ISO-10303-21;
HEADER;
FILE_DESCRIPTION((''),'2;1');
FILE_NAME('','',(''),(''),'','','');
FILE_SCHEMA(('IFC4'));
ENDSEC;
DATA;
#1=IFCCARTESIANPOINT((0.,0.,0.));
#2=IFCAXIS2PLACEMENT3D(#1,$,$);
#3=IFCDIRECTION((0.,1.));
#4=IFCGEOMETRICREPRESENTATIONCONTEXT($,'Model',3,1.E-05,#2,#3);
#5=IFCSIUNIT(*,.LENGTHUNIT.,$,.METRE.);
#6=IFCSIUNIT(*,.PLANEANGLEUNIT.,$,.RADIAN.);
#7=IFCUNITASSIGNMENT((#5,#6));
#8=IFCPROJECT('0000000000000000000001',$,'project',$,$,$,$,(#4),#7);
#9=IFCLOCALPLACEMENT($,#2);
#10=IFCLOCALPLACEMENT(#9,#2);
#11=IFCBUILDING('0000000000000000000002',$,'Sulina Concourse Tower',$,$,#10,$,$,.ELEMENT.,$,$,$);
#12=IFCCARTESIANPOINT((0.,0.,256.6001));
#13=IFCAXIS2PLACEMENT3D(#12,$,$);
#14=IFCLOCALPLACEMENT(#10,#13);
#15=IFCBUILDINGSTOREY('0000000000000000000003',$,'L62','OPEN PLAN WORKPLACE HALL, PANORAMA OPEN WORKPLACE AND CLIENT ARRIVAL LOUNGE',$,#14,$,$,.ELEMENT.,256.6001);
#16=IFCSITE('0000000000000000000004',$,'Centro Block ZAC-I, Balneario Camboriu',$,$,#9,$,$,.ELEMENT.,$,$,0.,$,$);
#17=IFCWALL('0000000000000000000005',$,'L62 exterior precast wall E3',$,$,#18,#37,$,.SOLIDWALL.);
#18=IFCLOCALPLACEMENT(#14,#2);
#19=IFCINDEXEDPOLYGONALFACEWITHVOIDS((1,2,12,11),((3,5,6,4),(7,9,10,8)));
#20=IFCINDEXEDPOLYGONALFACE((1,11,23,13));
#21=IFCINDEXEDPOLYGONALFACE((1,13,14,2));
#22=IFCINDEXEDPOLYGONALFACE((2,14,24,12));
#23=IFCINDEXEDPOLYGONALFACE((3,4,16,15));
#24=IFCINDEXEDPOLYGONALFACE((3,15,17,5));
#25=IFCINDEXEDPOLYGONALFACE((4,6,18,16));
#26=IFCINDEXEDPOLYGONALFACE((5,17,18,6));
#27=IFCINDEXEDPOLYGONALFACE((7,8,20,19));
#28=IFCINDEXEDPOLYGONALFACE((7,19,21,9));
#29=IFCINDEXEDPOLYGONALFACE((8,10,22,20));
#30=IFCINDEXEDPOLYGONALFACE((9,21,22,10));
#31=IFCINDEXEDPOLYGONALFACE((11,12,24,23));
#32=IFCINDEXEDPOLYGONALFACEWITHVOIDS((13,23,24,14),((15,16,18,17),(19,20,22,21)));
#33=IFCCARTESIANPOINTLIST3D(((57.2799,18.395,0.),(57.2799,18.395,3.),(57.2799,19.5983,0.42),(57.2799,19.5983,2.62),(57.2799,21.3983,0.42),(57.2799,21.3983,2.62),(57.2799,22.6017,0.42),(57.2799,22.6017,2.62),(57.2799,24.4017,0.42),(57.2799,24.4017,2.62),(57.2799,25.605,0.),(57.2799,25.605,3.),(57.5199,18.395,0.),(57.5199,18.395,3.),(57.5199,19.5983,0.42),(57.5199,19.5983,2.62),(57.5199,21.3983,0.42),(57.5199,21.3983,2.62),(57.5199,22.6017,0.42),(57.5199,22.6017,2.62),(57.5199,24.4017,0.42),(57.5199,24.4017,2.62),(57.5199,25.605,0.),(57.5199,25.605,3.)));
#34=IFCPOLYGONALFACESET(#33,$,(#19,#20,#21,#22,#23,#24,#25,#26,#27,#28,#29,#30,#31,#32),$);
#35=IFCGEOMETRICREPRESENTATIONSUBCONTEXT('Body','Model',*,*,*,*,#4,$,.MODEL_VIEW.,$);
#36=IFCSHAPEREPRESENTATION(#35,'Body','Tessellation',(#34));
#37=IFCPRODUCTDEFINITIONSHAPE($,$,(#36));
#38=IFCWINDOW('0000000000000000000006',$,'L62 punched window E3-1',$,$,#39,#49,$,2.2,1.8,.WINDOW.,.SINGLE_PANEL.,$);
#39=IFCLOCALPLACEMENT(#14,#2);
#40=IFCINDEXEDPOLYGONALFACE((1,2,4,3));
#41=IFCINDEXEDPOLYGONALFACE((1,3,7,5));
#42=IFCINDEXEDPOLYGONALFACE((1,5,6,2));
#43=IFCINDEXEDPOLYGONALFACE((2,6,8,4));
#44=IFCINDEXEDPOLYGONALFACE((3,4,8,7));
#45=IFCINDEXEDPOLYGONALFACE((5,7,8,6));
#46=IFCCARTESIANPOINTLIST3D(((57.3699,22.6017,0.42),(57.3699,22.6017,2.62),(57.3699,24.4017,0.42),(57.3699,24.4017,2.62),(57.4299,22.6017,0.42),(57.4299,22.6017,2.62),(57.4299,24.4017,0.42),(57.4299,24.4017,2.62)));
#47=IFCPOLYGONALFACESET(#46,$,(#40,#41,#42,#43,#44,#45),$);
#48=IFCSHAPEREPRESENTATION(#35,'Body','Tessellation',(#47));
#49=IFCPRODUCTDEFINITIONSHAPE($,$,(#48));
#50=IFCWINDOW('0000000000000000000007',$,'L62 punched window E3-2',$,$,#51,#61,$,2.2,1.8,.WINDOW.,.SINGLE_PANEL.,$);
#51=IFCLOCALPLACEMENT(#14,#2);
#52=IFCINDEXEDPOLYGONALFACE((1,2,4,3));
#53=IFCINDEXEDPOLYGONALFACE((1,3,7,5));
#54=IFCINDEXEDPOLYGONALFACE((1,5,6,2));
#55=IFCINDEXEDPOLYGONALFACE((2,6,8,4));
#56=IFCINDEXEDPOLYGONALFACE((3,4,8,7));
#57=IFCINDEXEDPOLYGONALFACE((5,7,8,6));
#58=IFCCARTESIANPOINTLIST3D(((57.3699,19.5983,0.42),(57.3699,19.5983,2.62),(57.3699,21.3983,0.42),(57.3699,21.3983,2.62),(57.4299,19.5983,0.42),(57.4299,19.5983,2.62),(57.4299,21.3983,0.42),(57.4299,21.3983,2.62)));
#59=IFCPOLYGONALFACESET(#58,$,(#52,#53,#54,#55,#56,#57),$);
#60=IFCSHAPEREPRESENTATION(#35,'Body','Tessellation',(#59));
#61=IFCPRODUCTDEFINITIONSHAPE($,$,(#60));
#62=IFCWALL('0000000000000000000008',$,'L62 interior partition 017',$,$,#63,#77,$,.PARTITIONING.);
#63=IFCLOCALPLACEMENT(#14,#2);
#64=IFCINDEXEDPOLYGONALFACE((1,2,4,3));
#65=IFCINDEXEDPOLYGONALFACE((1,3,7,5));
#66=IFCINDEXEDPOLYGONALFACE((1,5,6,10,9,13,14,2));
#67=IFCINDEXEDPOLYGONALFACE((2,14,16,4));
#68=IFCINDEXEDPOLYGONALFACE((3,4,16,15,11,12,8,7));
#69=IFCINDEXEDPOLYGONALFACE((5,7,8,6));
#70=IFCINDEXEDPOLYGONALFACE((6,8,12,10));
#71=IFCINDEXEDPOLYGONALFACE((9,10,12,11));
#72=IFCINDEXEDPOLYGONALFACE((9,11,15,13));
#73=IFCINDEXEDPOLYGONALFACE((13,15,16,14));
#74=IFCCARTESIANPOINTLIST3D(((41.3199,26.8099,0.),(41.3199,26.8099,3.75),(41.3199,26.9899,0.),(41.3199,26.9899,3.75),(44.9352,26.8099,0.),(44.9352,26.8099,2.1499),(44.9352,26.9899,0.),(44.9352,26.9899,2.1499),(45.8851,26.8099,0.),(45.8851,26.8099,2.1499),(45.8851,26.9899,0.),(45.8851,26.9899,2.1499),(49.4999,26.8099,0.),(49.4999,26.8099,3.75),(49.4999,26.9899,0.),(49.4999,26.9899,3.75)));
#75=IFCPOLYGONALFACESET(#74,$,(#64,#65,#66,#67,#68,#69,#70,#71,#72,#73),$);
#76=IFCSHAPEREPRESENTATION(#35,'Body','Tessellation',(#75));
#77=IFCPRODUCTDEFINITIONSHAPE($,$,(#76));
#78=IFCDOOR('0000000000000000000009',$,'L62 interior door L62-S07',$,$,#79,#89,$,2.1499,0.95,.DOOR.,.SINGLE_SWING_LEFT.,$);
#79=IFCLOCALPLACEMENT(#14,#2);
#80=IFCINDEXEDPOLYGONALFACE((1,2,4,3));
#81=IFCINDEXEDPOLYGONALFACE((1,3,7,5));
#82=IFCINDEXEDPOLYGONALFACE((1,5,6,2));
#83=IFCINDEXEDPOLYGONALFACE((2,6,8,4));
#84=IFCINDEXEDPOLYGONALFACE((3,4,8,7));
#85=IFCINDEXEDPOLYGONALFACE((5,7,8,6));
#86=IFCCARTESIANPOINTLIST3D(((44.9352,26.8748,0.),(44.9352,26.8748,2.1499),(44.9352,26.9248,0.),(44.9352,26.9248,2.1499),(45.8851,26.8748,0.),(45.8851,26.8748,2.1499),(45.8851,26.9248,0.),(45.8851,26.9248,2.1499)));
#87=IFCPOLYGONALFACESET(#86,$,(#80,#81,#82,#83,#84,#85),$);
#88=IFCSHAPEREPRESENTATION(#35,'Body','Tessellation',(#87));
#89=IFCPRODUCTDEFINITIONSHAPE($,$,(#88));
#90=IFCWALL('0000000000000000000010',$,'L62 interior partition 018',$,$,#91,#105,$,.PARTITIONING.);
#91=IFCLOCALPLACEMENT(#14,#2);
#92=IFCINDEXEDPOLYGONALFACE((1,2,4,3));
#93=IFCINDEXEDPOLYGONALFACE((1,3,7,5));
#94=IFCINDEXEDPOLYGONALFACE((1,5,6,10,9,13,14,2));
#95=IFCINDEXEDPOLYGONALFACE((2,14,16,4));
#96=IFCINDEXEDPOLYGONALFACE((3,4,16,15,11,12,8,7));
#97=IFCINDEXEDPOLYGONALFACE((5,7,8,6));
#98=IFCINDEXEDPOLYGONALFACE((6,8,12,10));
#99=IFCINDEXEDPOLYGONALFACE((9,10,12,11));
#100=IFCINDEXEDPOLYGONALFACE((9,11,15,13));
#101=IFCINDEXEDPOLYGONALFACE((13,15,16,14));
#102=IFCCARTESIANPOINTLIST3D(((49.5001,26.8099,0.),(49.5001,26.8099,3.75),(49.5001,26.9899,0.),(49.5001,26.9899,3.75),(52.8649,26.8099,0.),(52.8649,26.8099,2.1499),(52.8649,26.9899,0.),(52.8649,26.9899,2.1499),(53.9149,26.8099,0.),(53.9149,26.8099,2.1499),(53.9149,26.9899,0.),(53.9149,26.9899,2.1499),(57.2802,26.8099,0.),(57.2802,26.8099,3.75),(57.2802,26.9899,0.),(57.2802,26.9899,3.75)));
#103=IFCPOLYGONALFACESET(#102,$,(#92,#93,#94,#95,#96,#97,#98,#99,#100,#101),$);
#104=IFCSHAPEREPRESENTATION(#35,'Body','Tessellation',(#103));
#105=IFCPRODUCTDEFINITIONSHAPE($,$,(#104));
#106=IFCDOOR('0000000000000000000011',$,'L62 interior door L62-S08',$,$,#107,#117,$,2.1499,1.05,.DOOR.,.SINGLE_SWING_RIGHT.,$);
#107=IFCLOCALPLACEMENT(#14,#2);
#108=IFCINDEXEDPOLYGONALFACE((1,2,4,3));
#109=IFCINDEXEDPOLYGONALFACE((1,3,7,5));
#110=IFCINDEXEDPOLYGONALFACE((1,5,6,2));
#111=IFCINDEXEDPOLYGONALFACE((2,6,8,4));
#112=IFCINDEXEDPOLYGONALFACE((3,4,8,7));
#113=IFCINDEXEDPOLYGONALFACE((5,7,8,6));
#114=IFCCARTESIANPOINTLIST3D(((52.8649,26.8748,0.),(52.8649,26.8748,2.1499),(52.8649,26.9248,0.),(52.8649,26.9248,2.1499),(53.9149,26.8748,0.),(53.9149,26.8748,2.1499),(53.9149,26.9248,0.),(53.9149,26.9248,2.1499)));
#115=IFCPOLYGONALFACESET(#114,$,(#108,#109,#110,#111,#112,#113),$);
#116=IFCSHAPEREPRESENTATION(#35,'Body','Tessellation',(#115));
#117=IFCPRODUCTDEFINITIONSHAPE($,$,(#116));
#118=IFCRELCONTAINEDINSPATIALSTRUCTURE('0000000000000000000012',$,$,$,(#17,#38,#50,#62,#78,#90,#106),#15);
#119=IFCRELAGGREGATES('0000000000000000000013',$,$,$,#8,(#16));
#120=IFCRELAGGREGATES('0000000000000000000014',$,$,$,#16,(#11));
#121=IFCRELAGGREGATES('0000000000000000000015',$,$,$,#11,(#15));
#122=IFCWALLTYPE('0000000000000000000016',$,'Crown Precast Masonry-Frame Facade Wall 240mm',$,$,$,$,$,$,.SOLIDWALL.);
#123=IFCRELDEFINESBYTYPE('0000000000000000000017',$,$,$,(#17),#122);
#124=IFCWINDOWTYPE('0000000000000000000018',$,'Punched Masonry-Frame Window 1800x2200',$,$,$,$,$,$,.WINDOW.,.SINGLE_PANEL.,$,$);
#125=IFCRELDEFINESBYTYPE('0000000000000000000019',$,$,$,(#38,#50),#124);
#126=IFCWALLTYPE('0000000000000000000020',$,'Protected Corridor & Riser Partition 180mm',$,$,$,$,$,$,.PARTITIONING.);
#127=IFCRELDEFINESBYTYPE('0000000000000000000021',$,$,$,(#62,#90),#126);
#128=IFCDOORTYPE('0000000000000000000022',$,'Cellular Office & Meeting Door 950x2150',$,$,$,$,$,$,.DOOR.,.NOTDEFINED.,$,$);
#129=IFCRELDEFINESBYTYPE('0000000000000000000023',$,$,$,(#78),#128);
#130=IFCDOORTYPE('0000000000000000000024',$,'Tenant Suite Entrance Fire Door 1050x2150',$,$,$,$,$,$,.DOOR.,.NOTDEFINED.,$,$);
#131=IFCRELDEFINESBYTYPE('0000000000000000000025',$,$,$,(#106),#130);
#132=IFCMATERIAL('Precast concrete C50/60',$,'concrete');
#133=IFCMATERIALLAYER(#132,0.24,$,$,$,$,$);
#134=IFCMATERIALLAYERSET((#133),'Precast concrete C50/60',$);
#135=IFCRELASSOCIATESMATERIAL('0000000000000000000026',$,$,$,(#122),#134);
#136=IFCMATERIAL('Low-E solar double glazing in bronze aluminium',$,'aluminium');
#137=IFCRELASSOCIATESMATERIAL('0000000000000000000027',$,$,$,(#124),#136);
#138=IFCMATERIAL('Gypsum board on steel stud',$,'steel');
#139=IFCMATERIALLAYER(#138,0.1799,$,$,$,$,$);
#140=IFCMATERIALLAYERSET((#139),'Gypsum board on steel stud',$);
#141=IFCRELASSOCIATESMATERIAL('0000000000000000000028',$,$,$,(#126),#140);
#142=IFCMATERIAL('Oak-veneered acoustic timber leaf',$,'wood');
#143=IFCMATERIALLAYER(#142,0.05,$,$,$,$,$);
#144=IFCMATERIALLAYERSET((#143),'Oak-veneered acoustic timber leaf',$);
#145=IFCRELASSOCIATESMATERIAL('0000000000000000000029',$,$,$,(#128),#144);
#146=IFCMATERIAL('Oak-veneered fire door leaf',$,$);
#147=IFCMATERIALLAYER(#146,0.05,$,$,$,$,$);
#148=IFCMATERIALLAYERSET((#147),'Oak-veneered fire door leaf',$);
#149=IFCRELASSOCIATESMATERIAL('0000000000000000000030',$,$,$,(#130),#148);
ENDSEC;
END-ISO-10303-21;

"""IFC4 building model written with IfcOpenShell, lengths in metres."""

from ifc_helpers import new_model, si_unit, direction, frame, frame_2d, origin, place, context, subcontext, project, spatial, rectangle, extrude, material, layer, layer_set, type_object, element, fill, save


model = new_model("IFC4")

# Units and contexts
model_context = context("Model", 3, precision=1e-05, world=origin(), true_north=direction((0.0, 1.0)))
body_context = subcontext(model_context, "Body", "Model", "MODEL_VIEW")
ifc_project = project(units=[si_unit("LENGTHUNIT", "METRE"), si_unit("PLANEANGLEUNIT", "RADIAN")], contexts=[model_context])

# Site, building, storey
site_placement = place(None, origin())
site = spatial("IfcSite", under=ifc_project, at=site_placement, Name="Centro Block ZAC-I, Balneario Camboriu", CompositionType="ELEMENT", RefElevation=0.0)
building_placement = place(site_placement, origin())
building = spatial("IfcBuilding", under=site, at=building_placement, Name="Sulina Concourse Tower", CompositionType="ELEMENT")
storey_placement = place(building_placement, frame((0.0, 0.0, 256.6001)))
storey = spatial("IfcBuildingStorey", under=building, at=storey_placement, Name="L62", Description="OPEN PLAN WORKPLACE HALL, PANORAMA OPEN WORKPLACE AND CLIENT ARRIVAL LOUNGE", CompositionType="ELEMENT", Elevation=256.6001)

# Shared definitions
ifc_material_1 = material(Name="Precast concrete C50/60", Category="concrete")
ifc_layer_1 = layer(ifc_material_1, 0.24)
ifc_layer_set_1 = layer_set([ifc_layer_1], Name="Precast concrete C50/60")
wall_type_1 = type_object("IfcWallType", Name="Crown Precast Masonry-Frame Facade Wall 240mm", PredefinedType="SOLIDWALL", material=ifc_layer_set_1)
ifc_material_2 = material(Name="Low-E solar double glazing in bronze aluminium", Category="aluminium")
window_type = type_object("IfcWindowType", Name="Punched Masonry-Frame Window 1800x2200", PartitioningType="SINGLE_PANEL", PredefinedType="WINDOW", material=ifc_material_2)

# Wall, openings, windows
wall_1_placement = place(storey_placement, frame((57.3999, 25.605, 0.0), z_axis=(0.0, 0.0, 1.0), x_axis=(0.0, -1.0, 0.0)))
wall_1 = element("IfcWall", 1, at=wall_1_placement, inside=storey, type_object=wall_type_1, Name="L62 exterior precast wall E3", PredefinedType="SOLIDWALL", context=body_context, shape_type="SweptSolid", body=[
    extrude(rectangle(XDim=7.21, YDim=0.24, at=frame_2d((3.605, 0.0))), origin(), (0.0, 0.0, 1.0), 3.0),
])
opening_1_placement = place(wall_1_placement, frame((1.2034, 0.0, 0.4199)))
opening_1 = element("IfcOpeningElement", 2, at=opening_1_placement, cuts=wall_1, PredefinedType="OPENING", context=body_context, shape_type="SweptSolid", body=[
    extrude(rectangle(XDim=1.8, YDim=2.2, at=frame_2d((0.8999, 1.1001))), frame((0.0, 0.1299, 0.0), z_axis=(0.0, -1.0, 0.0), x_axis=(1.0, 0.0, 0.0)), (0.0, 0.0, 1.0), 0.26),
])
opening_2_placement = place(wall_1_placement, frame((4.2068, 0.0, 0.4199)))
opening_2 = element("IfcOpeningElement", 3, at=opening_2_placement, cuts=wall_1, PredefinedType="OPENING", context=body_context, shape_type="SweptSolid", body=[
    extrude(rectangle(XDim=1.8, YDim=2.2, at=frame_2d((0.8999, 1.1001))), frame((0.0, 0.1299, 0.0), z_axis=(0.0, -1.0, 0.0), x_axis=(1.0, 0.0, 0.0)), (0.0, 0.0, 1.0), 0.26),
])
window_1_placement = place(opening_1_placement, origin())
window_1 = element("IfcWindow", 4, at=window_1_placement, inside=storey, type_object=window_type, Name="L62 punched window E3-1", OverallHeight=2.2, OverallWidth=1.8, PartitioningType="SINGLE_PANEL", PredefinedType="WINDOW", context=body_context, shape_type="SweptSolid", body=[
    extrude(rectangle(XDim=1.8, YDim=2.2, at=frame_2d((0.8999, 1.1001))), frame((0.0, 0.03, 0.0), z_axis=(0.0, -1.0, 0.0), x_axis=(1.0, 0.0, 0.0)), (0.0, 0.0, 1.0), 0.0601),
])
fill(opening_1, window_1)
window_2_placement = place(opening_2_placement, origin())
window_2 = element("IfcWindow", 5, at=window_2_placement, inside=storey, type_object=window_type, Name="L62 punched window E3-2", OverallHeight=2.2, OverallWidth=1.8, PartitioningType="SINGLE_PANEL", PredefinedType="WINDOW", context=body_context, shape_type="SweptSolid", body=[
    extrude(rectangle(XDim=1.8, YDim=2.2, at=frame_2d((0.8999, 1.1001))), frame((0.0, 0.03, 0.0), z_axis=(0.0, -1.0, 0.0), x_axis=(1.0, 0.0, 0.0)), (0.0, 0.0, 1.0), 0.0601),
])
fill(opening_2, window_2)

# Walls, openings, doors
ifc_material_3 = material(Name="Gypsum board on steel stud", Category="steel")
ifc_layer_2 = layer(ifc_material_3, 0.1799)
ifc_layer_set_2 = layer_set([ifc_layer_2], Name="Gypsum board on steel stud")
wall_type_2 = type_object("IfcWallType", Name="Protected Corridor & Riser Partition 180mm", PredefinedType="PARTITIONING", material=ifc_layer_set_2)
wall_2_placement = place(storey_placement, frame((41.3201, 26.8999, 0.0), z_axis=(0.0, 0.0, 1.0), x_axis=(1.0, 0.0, 0.0)))
wall_2 = element("IfcWall", 6, at=wall_2_placement, inside=storey, type_object=wall_type_2, Name="L62 interior partition 017", PredefinedType="PARTITIONING", context=body_context, shape_type="SweptSolid", body=[
    extrude(rectangle(XDim=8.1799, YDim=0.1799, at=frame_2d((4.0898, 0.0))), origin(), (0.0, 0.0, 1.0), 3.75),
])
opening_3_placement = place(wall_2_placement, frame((3.615, 0.0, 0.0)))
opening_3 = element("IfcOpeningElement", 7, at=opening_3_placement, cuts=wall_2, PredefinedType="OPENING", context=body_context, shape_type="SweptSolid", body=[
    extrude(rectangle(XDim=0.95, YDim=2.1499, at=frame_2d((0.4751, 1.075))), frame((0.0, 0.0999, 0.0), z_axis=(0.0, -1.0, 0.0), x_axis=(1.0, 0.0, 0.0)), (0.0, 0.0, 1.0), 0.2),
])
ifc_material_4 = material(Name="Oak-veneered acoustic timber leaf", Category="wood")
ifc_layer_3 = layer(ifc_material_4, 0.05)
ifc_layer_set_3 = layer_set([ifc_layer_3], Name="Oak-veneered acoustic timber leaf")
door_type_1 = type_object("IfcDoorType", Name="Cellular Office & Meeting Door 950x2150", OperationType="NOTDEFINED", PredefinedType="DOOR", material=ifc_layer_set_3)
door_1_placement = place(opening_3_placement, origin())
door_1 = element("IfcDoor", 8, at=door_1_placement, inside=storey, type_object=door_type_1, Name="L62 interior door L62-S07", OperationType="SINGLE_SWING_LEFT", OverallHeight=2.1499, OverallWidth=0.95, PredefinedType="DOOR", context=body_context, shape_type="SweptSolid", body=[
    extrude(rectangle(XDim=0.95, YDim=2.1499, at=frame_2d((0.4751, 1.075))), frame((0.0, 0.0249, 0.0), z_axis=(0.0, -1.0, 0.0), x_axis=(1.0, 0.0, 0.0)), (0.0, 0.0, 1.0), 0.05),
])
fill(opening_3, door_1)
wall_3_placement = place(storey_placement, frame((49.5, 26.8999, 0.0), z_axis=(0.0, 0.0, 1.0), x_axis=(1.0, 0.0, 0.0)))
wall_3 = element("IfcWall", 9, at=wall_3_placement, inside=storey, type_object=wall_type_2, Name="L62 interior partition 018", PredefinedType="PARTITIONING", context=body_context, shape_type="SweptSolid", body=[
    extrude(rectangle(XDim=7.78, YDim=0.1799, at=frame_2d((3.8901, 0.0))), origin(), (0.0, 0.0, 1.0), 3.75),
])
opening_4_placement = place(wall_3_placement, frame((3.365, 0.0, 0.0)))
opening_4 = element("IfcOpeningElement", 10, at=opening_4_placement, cuts=wall_3, PredefinedType="OPENING", context=body_context, shape_type="SweptSolid", body=[
    extrude(rectangle(XDim=1.05, YDim=2.1499, at=frame_2d((0.5249, 1.075))), frame((0.0, 0.0999, 0.0), z_axis=(0.0, -1.0, 0.0), x_axis=(1.0, 0.0, 0.0)), (0.0, 0.0, 1.0), 0.2),
])
ifc_material_5 = material(Name="Oak-veneered fire door leaf")
ifc_layer_4 = layer(ifc_material_5, 0.05)
ifc_layer_set_4 = layer_set([ifc_layer_4], Name="Oak-veneered fire door leaf")
door_type_2 = type_object("IfcDoorType", Name="Tenant Suite Entrance Fire Door 1050x2150", OperationType="NOTDEFINED", PredefinedType="DOOR", material=ifc_layer_set_4)
door_2_placement = place(opening_4_placement, origin())
door_2 = element("IfcDoor", 11, at=door_2_placement, inside=storey, type_object=door_type_2, Name="L62 interior door L62-S08", OperationType="SINGLE_SWING_RIGHT", OverallHeight=2.1499, OverallWidth=1.05, PredefinedType="DOOR", context=body_context, shape_type="SweptSolid", body=[
    extrude(rectangle(XDim=1.05, YDim=2.1499, at=frame_2d((0.5249, 1.075))), frame((0.0, 0.0249, 0.0), z_axis=(0.0, -1.0, 0.0), x_axis=(1.0, 0.0, 0.0)), (0.0, 0.0, 1.0), 0.05),
])
fill(opening_4, door_2)

save(model, "model.ifc")
